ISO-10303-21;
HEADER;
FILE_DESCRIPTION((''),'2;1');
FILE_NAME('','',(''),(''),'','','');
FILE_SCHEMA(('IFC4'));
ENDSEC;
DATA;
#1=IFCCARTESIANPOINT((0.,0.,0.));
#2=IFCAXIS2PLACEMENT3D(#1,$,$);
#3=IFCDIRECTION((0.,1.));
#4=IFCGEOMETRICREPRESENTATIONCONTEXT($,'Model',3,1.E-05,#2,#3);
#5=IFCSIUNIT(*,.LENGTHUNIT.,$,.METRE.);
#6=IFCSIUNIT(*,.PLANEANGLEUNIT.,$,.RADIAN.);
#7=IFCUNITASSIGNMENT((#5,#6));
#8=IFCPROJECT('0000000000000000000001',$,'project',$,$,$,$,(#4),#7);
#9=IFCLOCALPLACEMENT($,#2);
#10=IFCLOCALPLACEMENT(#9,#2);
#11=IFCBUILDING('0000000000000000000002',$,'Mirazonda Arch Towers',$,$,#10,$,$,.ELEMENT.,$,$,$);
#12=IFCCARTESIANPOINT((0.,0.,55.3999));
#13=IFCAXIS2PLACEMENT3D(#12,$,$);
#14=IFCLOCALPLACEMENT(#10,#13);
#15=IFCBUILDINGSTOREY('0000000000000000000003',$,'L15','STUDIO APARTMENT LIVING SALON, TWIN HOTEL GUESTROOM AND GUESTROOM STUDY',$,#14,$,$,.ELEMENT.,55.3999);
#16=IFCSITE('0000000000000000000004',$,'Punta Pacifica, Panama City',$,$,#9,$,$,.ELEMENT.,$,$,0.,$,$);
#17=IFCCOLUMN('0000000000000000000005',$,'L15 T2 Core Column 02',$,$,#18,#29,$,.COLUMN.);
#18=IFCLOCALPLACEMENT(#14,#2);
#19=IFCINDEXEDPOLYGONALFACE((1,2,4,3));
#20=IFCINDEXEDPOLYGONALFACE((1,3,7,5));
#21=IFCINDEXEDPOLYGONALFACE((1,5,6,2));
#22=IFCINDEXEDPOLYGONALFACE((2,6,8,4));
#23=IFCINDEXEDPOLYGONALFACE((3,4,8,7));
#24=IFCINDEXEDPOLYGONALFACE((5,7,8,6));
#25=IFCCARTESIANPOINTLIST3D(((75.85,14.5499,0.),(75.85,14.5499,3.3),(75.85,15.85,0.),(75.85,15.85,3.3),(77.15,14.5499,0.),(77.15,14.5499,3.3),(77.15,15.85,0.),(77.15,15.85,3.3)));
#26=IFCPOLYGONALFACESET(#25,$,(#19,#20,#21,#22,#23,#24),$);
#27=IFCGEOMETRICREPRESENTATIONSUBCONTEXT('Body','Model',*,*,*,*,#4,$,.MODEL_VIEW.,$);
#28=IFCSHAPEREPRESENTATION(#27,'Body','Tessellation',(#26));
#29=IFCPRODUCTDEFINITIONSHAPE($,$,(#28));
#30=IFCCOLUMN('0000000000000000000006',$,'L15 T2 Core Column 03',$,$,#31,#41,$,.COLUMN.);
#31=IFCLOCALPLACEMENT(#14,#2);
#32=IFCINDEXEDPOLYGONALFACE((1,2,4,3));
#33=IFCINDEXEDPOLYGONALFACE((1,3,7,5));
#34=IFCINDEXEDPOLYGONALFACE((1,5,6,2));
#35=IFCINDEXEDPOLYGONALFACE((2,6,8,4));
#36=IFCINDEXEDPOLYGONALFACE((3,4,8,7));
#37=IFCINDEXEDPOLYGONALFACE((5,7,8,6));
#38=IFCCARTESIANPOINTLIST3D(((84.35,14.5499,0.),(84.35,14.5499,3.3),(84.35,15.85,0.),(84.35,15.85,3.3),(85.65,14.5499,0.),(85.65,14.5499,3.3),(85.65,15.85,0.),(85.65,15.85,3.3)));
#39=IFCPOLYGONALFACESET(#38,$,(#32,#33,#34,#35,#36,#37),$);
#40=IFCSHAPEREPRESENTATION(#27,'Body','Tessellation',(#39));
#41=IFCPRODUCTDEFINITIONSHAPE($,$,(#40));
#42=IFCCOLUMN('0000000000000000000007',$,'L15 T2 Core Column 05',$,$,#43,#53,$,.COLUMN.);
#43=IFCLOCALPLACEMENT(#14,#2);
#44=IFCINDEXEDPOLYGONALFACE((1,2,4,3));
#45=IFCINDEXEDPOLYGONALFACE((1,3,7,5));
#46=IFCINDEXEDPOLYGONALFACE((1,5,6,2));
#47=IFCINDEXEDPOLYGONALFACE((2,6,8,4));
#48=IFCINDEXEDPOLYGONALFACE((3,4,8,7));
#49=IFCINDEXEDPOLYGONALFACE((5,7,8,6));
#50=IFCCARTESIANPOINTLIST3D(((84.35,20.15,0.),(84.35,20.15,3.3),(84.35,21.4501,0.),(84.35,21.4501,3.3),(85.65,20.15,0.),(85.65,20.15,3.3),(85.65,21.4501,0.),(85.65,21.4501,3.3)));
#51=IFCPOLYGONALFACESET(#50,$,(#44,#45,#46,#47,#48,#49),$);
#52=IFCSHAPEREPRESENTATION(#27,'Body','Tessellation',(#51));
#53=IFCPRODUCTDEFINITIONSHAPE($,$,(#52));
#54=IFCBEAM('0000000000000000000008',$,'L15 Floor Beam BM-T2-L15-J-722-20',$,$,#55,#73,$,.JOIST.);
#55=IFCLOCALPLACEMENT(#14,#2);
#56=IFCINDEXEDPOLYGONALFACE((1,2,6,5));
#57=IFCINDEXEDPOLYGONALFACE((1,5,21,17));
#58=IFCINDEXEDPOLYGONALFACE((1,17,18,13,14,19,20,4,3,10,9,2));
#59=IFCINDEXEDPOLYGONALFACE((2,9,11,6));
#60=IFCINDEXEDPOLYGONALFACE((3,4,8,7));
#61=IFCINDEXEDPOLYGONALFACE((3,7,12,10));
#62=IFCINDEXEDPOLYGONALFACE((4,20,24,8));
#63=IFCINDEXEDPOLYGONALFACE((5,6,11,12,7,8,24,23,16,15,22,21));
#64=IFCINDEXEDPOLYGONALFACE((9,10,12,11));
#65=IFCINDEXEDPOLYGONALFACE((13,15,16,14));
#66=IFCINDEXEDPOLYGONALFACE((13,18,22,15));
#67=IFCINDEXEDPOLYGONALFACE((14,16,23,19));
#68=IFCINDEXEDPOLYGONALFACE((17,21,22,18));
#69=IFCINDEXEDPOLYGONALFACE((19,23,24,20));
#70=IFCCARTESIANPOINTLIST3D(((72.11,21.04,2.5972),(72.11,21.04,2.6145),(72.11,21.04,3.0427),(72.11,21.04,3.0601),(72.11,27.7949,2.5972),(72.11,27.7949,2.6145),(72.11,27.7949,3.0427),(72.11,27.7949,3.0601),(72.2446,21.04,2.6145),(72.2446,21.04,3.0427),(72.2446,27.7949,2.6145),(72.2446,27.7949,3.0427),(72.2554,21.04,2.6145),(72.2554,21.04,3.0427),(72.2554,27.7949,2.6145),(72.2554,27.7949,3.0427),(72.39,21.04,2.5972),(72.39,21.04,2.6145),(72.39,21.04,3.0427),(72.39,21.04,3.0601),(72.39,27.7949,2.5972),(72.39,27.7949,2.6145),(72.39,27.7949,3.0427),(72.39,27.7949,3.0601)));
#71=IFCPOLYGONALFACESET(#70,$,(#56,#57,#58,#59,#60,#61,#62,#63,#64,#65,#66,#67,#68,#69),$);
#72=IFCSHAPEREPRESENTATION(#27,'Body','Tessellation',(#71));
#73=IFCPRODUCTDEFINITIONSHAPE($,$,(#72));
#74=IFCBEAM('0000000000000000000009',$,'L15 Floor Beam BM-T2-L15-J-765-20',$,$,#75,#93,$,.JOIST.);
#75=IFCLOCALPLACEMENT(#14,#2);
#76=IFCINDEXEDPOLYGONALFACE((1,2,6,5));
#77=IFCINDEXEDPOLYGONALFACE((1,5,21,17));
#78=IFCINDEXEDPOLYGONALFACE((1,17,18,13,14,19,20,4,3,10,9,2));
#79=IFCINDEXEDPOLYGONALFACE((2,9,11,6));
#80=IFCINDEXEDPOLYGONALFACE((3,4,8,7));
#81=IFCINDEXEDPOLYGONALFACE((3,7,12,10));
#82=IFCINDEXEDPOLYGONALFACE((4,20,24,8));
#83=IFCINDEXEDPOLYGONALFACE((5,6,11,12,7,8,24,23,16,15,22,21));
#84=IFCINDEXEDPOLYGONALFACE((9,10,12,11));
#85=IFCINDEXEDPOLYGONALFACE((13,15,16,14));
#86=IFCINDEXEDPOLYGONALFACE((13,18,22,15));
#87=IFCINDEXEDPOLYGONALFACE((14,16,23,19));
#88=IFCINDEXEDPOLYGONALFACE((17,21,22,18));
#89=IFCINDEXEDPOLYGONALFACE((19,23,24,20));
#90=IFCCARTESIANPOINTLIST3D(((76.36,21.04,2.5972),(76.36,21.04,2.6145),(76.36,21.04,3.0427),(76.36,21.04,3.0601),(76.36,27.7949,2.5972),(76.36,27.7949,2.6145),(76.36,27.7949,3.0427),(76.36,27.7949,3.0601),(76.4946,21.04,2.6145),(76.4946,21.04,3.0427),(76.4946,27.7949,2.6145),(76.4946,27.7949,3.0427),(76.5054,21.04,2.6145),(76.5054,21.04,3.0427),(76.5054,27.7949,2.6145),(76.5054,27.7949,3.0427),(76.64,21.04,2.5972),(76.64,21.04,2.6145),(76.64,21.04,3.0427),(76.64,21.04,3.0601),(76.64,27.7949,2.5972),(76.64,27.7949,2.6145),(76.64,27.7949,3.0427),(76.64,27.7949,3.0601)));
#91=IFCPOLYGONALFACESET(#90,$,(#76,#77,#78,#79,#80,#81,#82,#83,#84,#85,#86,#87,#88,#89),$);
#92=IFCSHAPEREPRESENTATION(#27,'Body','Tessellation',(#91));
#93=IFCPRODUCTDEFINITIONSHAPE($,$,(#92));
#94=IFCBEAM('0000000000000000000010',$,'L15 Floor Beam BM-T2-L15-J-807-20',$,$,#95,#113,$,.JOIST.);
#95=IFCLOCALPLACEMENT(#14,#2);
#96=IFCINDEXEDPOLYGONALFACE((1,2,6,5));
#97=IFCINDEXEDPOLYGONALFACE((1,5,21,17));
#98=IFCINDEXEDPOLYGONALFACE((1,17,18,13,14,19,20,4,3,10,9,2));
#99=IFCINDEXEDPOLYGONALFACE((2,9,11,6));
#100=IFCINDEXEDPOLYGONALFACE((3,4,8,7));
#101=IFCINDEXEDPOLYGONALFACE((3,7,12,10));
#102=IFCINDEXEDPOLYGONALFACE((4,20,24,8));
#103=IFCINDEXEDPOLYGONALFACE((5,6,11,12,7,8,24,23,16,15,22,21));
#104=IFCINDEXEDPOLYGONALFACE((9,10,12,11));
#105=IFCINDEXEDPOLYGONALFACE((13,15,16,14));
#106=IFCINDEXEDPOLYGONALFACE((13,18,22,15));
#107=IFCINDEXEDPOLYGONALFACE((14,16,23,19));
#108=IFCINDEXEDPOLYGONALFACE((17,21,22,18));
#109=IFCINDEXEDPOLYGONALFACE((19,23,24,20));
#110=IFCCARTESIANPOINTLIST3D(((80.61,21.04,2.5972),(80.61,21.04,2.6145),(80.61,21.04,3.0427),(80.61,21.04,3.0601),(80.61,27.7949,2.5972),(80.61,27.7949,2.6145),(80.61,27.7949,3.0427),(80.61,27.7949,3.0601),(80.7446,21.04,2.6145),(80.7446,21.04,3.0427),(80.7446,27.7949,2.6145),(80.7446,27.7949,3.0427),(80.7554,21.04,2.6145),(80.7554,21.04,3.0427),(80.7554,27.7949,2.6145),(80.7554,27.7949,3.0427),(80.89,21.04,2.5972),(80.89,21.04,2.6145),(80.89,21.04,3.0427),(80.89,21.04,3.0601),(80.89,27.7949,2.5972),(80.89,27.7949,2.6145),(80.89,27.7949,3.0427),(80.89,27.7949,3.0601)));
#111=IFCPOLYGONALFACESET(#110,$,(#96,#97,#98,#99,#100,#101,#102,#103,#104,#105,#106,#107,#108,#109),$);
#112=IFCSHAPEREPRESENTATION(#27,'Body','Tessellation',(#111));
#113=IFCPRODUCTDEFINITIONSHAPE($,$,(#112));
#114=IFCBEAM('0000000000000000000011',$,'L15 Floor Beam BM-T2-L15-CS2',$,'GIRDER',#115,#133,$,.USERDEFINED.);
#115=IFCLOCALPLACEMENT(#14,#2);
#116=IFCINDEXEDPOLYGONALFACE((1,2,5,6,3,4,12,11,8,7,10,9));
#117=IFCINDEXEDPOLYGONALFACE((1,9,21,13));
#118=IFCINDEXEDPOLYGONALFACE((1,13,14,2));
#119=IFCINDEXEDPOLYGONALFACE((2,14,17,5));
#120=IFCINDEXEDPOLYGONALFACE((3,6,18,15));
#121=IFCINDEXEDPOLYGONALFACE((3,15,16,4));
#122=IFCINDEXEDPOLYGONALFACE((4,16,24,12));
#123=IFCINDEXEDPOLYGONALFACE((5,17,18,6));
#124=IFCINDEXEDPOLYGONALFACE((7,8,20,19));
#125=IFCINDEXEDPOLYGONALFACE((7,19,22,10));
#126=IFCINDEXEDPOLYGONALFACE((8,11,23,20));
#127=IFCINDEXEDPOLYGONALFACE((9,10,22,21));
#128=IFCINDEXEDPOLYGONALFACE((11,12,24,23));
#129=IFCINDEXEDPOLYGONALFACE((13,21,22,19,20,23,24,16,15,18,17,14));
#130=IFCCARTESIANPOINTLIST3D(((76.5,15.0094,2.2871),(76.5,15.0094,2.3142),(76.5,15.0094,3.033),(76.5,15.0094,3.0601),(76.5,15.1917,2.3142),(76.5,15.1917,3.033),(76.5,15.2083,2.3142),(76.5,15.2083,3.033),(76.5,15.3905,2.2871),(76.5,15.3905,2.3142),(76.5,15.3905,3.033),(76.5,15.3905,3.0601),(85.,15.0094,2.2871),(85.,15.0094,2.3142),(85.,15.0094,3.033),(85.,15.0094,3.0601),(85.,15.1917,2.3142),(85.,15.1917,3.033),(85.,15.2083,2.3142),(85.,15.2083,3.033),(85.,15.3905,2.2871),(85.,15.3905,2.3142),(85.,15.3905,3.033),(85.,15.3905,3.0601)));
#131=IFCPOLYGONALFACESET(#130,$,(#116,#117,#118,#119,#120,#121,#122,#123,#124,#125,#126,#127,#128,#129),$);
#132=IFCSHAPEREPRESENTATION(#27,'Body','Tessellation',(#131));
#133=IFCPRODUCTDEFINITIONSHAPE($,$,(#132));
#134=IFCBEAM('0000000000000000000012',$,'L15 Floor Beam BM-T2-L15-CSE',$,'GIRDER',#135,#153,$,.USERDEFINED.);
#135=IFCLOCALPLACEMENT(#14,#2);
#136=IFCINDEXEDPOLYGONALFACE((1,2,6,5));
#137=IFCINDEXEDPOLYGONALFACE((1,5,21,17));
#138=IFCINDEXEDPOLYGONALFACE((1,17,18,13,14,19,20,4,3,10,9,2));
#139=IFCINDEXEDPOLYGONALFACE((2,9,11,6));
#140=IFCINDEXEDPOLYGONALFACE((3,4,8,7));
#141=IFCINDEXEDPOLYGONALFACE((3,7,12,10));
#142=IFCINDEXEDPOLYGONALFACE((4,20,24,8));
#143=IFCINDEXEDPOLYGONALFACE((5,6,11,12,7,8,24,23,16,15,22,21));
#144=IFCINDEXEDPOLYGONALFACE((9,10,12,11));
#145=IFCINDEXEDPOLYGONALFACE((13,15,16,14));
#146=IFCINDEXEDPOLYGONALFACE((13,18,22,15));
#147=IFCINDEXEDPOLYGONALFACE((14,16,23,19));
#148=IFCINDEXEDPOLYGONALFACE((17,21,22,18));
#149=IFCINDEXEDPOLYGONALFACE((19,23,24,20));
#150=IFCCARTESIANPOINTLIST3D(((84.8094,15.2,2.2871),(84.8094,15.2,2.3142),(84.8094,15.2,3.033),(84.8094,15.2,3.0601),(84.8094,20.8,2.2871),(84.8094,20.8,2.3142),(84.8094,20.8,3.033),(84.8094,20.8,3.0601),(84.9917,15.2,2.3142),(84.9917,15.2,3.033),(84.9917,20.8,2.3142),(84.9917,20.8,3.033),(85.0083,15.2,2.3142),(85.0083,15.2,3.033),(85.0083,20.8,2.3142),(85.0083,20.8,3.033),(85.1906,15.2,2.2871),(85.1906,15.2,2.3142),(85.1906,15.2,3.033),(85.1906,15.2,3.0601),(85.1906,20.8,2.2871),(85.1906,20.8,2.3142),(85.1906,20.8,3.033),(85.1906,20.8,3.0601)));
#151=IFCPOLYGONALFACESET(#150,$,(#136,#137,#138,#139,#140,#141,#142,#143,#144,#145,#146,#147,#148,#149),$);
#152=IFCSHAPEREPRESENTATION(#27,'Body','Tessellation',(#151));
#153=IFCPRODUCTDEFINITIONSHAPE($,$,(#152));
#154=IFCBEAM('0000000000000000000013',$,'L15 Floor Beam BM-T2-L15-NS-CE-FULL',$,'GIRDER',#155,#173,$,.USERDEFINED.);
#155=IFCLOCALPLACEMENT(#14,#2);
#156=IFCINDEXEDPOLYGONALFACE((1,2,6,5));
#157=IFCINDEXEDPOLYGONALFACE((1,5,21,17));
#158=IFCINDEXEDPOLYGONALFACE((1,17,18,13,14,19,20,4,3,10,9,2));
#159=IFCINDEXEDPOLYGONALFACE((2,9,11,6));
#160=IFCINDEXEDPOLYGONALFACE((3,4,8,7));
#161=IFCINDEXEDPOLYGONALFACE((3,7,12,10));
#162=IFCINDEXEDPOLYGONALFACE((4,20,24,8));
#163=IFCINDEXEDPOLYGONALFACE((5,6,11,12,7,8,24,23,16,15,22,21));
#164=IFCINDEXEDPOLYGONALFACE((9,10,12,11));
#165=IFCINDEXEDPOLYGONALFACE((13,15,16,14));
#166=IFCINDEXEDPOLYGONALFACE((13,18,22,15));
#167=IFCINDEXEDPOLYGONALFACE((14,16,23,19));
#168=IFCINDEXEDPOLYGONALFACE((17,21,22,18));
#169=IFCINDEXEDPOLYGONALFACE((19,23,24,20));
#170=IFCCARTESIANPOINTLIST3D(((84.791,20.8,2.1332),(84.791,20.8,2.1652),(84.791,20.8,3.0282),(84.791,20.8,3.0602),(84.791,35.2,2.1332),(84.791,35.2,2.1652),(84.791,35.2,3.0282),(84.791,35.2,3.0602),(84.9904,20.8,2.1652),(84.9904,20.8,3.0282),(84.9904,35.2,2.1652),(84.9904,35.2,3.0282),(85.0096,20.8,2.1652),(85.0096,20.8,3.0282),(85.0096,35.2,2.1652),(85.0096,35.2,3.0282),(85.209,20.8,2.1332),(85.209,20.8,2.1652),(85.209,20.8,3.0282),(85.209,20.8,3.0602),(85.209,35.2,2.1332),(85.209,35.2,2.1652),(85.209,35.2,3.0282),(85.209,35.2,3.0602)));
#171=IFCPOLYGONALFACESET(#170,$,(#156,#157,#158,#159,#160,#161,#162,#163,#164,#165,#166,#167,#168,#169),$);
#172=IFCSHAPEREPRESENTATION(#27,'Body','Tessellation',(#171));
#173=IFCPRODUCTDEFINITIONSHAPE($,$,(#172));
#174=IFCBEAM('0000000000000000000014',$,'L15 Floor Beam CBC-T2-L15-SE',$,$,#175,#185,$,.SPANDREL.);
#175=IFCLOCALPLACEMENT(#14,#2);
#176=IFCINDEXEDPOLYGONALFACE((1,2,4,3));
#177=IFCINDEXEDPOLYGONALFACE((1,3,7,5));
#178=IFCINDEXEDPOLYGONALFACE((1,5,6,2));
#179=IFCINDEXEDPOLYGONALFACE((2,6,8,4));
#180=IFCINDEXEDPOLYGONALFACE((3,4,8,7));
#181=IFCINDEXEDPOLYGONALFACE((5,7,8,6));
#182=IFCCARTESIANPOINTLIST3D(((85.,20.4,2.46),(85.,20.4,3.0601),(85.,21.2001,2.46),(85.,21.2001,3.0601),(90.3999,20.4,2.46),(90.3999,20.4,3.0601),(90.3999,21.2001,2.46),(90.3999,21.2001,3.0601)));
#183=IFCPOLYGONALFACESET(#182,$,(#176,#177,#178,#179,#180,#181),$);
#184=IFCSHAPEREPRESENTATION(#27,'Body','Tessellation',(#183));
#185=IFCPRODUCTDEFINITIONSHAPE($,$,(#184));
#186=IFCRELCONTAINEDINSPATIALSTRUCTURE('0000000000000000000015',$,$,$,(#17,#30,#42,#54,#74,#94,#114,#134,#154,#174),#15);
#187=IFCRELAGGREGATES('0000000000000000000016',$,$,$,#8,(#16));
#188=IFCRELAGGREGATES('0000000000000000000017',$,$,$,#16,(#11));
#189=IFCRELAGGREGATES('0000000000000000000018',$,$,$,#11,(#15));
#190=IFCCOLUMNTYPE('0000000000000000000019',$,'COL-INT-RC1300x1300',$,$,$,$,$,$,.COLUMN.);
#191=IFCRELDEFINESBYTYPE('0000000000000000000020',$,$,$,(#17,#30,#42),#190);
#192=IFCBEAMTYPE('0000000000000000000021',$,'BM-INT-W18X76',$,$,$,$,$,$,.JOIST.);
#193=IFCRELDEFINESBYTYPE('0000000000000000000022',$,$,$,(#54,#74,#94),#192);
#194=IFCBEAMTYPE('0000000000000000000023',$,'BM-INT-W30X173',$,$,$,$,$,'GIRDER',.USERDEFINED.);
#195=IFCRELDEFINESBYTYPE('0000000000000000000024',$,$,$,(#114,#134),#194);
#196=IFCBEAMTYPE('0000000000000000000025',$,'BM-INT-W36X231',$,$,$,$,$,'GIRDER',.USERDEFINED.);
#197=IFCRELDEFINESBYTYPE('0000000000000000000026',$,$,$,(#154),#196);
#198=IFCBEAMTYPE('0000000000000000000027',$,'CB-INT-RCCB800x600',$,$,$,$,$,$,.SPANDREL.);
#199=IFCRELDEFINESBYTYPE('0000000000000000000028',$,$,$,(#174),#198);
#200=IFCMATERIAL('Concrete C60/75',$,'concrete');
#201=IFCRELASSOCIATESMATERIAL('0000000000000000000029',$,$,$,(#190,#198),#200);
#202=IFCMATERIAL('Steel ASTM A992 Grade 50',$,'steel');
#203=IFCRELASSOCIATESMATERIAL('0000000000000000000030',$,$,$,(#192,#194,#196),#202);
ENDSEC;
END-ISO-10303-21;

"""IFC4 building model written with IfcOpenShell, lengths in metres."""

from ifc_helpers import new_model, si_unit, direction, frame, origin, origin_2d, place, context, subcontext, project, spatial, rectangle, i_section, extrude, material, material_profile, profile_set, type_object, element, save


model = new_model("IFC4")

# Units and contexts
model_context = context("Model", 3, precision=1e-05, world=origin(), true_north=direction((0.0, 1.0)))
body_context = subcontext(model_context, "Body", "Model", "MODEL_VIEW")
ifc_project = project(units=[si_unit("LENGTHUNIT", "METRE"), si_unit("PLANEANGLEUNIT", "RADIAN")], contexts=[model_context])

# Site, building, storey
site_placement = place(None, origin())
site = spatial("IfcSite", under=ifc_project, at=site_placement, Name="Punta Pacifica, Panama City", CompositionType="ELEMENT", RefElevation=0.0)
building_placement = place(site_placement, origin())
building = spatial("IfcBuilding", under=site, at=building_placement, Name="Mirazonda Arch Towers", CompositionType="ELEMENT")
storey_placement = place(building_placement, frame((0.0, 0.0, 55.3999)))
storey = spatial("IfcBuildingStorey", under=building, at=storey_placement, Name="L15", Description="STUDIO APARTMENT LIVING SALON, TWIN HOTEL GUESTROOM AND GUESTROOM STUDY", CompositionType="ELEMENT", Elevation=55.3999)

# Columns
ifc_material_1 = material(Name="Concrete C60/75", Category="concrete")
ifc_material_profile_1 = material_profile(ifc_material_1, rectangle(XDim=1.3, YDim=1.3, at=origin_2d()), Name="RC1300x1300")
ifc_profile_set_1 = profile_set([ifc_material_profile_1], Name="Concrete C60/75")
column_type = type_object("IfcColumnType", Name="COL-INT-RC1300x1300", PredefinedType="COLUMN", material=ifc_profile_set_1)
for number, where, z_axis, x_axis, name in (
    (1, (76.5, 15.2, 0.0), (0.0, 0.0, 1.0), (1.0, 0.0, 0.0), "L15 T2 Core Column 02"),
    (2, (85.0, 15.2, 0.0), (0.0, 0.0, 1.0), (1.0, 0.0, 0.0), "L15 T2 Core Column 03"),
    (3, (85.0, 20.8, 0.0), (0.0, 0.0, 1.0), (1.0, 0.0, 0.0), "L15 T2 Core Column 05"),
):
    element("IfcColumn", number, at=place(storey_placement, frame(where, z_axis=z_axis, x_axis=x_axis)), inside=storey, type_object=column_type, Name=name, PredefinedType="COLUMN", context=body_context, shape_type="SweptSolid", body=[
        extrude(rectangle(XDim=1.3, YDim=1.3, at=origin_2d()), origin(), (0.0, 0.0, 1.0), 3.3),
    ])

# Beams
ifc_material_2 = material(Name="Steel ASTM A992 Grade 50", Category="steel")
ifc_material_profile_2 = material_profile(ifc_material_2, i_section(OverallWidth=0.28, OverallDepth=0.4629, WebThickness=0.0107, FlangeThickness=0.0173, at=origin_2d()), Name="W18X76")
ifc_profile_set_2 = profile_set([ifc_material_profile_2], Name="Steel ASTM A992 Grade 50")
beam_type_1 = type_object("IfcBeamType", Name="BM-INT-W18X76", PredefinedType="JOIST", material=ifc_profile_set_2)
for number, where, z_axis, x_axis, name in (
    (4, (72.25, 21.04, 2.8286), (0.0, 1.0, 0.0), (-1.0, 0.0, 0.0), "L15 Floor Beam BM-T2-L15-J-722-20"),
    (5, (76.5, 21.04, 2.8286), (0.0, 1.0, 0.0), (-1.0, 0.0, 0.0), "L15 Floor Beam BM-T2-L15-J-765-20"),
    (6, (80.75, 21.04, 2.8286), (0.0, 1.0, 0.0), (-1.0, 0.0, 0.0), "L15 Floor Beam BM-T2-L15-J-807-20"),
):
    element("IfcBeam", number, at=place(storey_placement, frame(where, z_axis=z_axis, x_axis=x_axis)), inside=storey, type_object=beam_type_1, Name=name, PredefinedType="JOIST", context=body_context, shape_type="SweptSolid", body=[
        extrude(i_section(OverallWidth=0.28, OverallDepth=0.4629, WebThickness=0.0107, FlangeThickness=0.0173, at=origin_2d()), origin(), (0.0, 0.0, 1.0), 6.7549),
    ])
ifc_material_profile_3 = material_profile(ifc_material_2, i_section(OverallWidth=0.3811, OverallDepth=0.7729, WebThickness=0.0166, FlangeThickness=0.0271, at=origin_2d()), Name="W30X173")
ifc_profile_set_3 = profile_set([ifc_material_profile_3], Name="Steel ASTM A992 Grade 50")
beam_type_2 = type_object("IfcBeamType", Name="BM-INT-W30X173", ElementType="GIRDER", PredefinedType="USERDEFINED", material=ifc_profile_set_3)
beam_1_placement = place(storey_placement, frame((76.5, 15.2, 2.6736), z_axis=(1.0, 0.0, 0.0), x_axis=(0.0, 1.0, 0.0)))
element("IfcBeam", 7, at=beam_1_placement, inside=storey, type_object=beam_type_2, Name="L15 Floor Beam BM-T2-L15-CS2", ObjectType="GIRDER", PredefinedType="USERDEFINED", context=body_context, shape_type="SweptSolid", body=[
    extrude(i_section(OverallWidth=0.3811, OverallDepth=0.7729, WebThickness=0.0166, FlangeThickness=0.0271, at=origin_2d()), origin(), (0.0, 0.0, 1.0), 8.5),
])
beam_2_placement = place(storey_placement, frame((85.0, 15.2, 2.6736), z_axis=(0.0, 1.0, 0.0), x_axis=(-1.0, 0.0, 0.0)))
element("IfcBeam", 8, at=beam_2_placement, inside=storey, type_object=beam_type_2, Name="L15 Floor Beam BM-T2-L15-CSE", ObjectType="GIRDER", PredefinedType="USERDEFINED", context=body_context, shape_type="SweptSolid", body=[
    extrude(i_section(OverallWidth=0.3811, OverallDepth=0.7729, WebThickness=0.0166, FlangeThickness=0.0271, at=origin_2d()), origin(), (0.0, 0.0, 1.0), 5.6001),
])
ifc_material_profile_4 = material_profile(ifc_material_2, i_section(OverallWidth=0.418, OverallDepth=0.927, WebThickness=0.0193, FlangeThickness=0.032, at=origin_2d()), Name="W36X231")
ifc_profile_set_4 = profile_set([ifc_material_profile_4], Name="Steel ASTM A992 Grade 50")
beam_type_3 = type_object("IfcBeamType", Name="BM-INT-W36X231", ElementType="GIRDER", PredefinedType="USERDEFINED", material=ifc_profile_set_4)
beam_3_placement = place(storey_placement, frame((85.0, 20.8, 2.5967), z_axis=(0.0, 1.0, 0.0), x_axis=(-1.0, 0.0, 0.0)))
element("IfcBeam", 9, at=beam_3_placement, inside=storey, type_object=beam_type_3, Name="L15 Floor Beam BM-T2-L15-NS-CE-FULL", ObjectType="GIRDER", PredefinedType="USERDEFINED", context=body_context, shape_type="SweptSolid", body=[
    extrude(i_section(OverallWidth=0.418, OverallDepth=0.927, WebThickness=0.0193, FlangeThickness=0.032, at=origin_2d()), origin(), (0.0, 0.0, 1.0), 14.3999),
])
ifc_material_profile_5 = material_profile(ifc_material_1, rectangle(XDim=0.8, YDim=0.6001, at=origin_2d()), Name="RCCB800x600")
ifc_profile_set_5 = profile_set([ifc_material_profile_5], Name="Concrete C60/75")
beam_type_4 = type_object("IfcBeamType", Name="CB-INT-RCCB800x600", PredefinedType="SPANDREL", material=ifc_profile_set_5)
beam_4_placement = place(storey_placement, frame((85.0, 20.8, 2.76), z_axis=(1.0, 0.0, 0.0), x_axis=(0.0, 1.0, 0.0)))
element("IfcBeam", 10, at=beam_4_placement, inside=storey, type_object=beam_type_4, Name="L15 Floor Beam CBC-T2-L15-SE", PredefinedType="SPANDREL", context=body_context, shape_type="SweptSolid", body=[
    extrude(rectangle(XDim=0.8, YDim=0.6001, at=origin_2d()), origin(), (0.0, 0.0, 1.0), 5.3999),
])

save(model, "model.ifc")
